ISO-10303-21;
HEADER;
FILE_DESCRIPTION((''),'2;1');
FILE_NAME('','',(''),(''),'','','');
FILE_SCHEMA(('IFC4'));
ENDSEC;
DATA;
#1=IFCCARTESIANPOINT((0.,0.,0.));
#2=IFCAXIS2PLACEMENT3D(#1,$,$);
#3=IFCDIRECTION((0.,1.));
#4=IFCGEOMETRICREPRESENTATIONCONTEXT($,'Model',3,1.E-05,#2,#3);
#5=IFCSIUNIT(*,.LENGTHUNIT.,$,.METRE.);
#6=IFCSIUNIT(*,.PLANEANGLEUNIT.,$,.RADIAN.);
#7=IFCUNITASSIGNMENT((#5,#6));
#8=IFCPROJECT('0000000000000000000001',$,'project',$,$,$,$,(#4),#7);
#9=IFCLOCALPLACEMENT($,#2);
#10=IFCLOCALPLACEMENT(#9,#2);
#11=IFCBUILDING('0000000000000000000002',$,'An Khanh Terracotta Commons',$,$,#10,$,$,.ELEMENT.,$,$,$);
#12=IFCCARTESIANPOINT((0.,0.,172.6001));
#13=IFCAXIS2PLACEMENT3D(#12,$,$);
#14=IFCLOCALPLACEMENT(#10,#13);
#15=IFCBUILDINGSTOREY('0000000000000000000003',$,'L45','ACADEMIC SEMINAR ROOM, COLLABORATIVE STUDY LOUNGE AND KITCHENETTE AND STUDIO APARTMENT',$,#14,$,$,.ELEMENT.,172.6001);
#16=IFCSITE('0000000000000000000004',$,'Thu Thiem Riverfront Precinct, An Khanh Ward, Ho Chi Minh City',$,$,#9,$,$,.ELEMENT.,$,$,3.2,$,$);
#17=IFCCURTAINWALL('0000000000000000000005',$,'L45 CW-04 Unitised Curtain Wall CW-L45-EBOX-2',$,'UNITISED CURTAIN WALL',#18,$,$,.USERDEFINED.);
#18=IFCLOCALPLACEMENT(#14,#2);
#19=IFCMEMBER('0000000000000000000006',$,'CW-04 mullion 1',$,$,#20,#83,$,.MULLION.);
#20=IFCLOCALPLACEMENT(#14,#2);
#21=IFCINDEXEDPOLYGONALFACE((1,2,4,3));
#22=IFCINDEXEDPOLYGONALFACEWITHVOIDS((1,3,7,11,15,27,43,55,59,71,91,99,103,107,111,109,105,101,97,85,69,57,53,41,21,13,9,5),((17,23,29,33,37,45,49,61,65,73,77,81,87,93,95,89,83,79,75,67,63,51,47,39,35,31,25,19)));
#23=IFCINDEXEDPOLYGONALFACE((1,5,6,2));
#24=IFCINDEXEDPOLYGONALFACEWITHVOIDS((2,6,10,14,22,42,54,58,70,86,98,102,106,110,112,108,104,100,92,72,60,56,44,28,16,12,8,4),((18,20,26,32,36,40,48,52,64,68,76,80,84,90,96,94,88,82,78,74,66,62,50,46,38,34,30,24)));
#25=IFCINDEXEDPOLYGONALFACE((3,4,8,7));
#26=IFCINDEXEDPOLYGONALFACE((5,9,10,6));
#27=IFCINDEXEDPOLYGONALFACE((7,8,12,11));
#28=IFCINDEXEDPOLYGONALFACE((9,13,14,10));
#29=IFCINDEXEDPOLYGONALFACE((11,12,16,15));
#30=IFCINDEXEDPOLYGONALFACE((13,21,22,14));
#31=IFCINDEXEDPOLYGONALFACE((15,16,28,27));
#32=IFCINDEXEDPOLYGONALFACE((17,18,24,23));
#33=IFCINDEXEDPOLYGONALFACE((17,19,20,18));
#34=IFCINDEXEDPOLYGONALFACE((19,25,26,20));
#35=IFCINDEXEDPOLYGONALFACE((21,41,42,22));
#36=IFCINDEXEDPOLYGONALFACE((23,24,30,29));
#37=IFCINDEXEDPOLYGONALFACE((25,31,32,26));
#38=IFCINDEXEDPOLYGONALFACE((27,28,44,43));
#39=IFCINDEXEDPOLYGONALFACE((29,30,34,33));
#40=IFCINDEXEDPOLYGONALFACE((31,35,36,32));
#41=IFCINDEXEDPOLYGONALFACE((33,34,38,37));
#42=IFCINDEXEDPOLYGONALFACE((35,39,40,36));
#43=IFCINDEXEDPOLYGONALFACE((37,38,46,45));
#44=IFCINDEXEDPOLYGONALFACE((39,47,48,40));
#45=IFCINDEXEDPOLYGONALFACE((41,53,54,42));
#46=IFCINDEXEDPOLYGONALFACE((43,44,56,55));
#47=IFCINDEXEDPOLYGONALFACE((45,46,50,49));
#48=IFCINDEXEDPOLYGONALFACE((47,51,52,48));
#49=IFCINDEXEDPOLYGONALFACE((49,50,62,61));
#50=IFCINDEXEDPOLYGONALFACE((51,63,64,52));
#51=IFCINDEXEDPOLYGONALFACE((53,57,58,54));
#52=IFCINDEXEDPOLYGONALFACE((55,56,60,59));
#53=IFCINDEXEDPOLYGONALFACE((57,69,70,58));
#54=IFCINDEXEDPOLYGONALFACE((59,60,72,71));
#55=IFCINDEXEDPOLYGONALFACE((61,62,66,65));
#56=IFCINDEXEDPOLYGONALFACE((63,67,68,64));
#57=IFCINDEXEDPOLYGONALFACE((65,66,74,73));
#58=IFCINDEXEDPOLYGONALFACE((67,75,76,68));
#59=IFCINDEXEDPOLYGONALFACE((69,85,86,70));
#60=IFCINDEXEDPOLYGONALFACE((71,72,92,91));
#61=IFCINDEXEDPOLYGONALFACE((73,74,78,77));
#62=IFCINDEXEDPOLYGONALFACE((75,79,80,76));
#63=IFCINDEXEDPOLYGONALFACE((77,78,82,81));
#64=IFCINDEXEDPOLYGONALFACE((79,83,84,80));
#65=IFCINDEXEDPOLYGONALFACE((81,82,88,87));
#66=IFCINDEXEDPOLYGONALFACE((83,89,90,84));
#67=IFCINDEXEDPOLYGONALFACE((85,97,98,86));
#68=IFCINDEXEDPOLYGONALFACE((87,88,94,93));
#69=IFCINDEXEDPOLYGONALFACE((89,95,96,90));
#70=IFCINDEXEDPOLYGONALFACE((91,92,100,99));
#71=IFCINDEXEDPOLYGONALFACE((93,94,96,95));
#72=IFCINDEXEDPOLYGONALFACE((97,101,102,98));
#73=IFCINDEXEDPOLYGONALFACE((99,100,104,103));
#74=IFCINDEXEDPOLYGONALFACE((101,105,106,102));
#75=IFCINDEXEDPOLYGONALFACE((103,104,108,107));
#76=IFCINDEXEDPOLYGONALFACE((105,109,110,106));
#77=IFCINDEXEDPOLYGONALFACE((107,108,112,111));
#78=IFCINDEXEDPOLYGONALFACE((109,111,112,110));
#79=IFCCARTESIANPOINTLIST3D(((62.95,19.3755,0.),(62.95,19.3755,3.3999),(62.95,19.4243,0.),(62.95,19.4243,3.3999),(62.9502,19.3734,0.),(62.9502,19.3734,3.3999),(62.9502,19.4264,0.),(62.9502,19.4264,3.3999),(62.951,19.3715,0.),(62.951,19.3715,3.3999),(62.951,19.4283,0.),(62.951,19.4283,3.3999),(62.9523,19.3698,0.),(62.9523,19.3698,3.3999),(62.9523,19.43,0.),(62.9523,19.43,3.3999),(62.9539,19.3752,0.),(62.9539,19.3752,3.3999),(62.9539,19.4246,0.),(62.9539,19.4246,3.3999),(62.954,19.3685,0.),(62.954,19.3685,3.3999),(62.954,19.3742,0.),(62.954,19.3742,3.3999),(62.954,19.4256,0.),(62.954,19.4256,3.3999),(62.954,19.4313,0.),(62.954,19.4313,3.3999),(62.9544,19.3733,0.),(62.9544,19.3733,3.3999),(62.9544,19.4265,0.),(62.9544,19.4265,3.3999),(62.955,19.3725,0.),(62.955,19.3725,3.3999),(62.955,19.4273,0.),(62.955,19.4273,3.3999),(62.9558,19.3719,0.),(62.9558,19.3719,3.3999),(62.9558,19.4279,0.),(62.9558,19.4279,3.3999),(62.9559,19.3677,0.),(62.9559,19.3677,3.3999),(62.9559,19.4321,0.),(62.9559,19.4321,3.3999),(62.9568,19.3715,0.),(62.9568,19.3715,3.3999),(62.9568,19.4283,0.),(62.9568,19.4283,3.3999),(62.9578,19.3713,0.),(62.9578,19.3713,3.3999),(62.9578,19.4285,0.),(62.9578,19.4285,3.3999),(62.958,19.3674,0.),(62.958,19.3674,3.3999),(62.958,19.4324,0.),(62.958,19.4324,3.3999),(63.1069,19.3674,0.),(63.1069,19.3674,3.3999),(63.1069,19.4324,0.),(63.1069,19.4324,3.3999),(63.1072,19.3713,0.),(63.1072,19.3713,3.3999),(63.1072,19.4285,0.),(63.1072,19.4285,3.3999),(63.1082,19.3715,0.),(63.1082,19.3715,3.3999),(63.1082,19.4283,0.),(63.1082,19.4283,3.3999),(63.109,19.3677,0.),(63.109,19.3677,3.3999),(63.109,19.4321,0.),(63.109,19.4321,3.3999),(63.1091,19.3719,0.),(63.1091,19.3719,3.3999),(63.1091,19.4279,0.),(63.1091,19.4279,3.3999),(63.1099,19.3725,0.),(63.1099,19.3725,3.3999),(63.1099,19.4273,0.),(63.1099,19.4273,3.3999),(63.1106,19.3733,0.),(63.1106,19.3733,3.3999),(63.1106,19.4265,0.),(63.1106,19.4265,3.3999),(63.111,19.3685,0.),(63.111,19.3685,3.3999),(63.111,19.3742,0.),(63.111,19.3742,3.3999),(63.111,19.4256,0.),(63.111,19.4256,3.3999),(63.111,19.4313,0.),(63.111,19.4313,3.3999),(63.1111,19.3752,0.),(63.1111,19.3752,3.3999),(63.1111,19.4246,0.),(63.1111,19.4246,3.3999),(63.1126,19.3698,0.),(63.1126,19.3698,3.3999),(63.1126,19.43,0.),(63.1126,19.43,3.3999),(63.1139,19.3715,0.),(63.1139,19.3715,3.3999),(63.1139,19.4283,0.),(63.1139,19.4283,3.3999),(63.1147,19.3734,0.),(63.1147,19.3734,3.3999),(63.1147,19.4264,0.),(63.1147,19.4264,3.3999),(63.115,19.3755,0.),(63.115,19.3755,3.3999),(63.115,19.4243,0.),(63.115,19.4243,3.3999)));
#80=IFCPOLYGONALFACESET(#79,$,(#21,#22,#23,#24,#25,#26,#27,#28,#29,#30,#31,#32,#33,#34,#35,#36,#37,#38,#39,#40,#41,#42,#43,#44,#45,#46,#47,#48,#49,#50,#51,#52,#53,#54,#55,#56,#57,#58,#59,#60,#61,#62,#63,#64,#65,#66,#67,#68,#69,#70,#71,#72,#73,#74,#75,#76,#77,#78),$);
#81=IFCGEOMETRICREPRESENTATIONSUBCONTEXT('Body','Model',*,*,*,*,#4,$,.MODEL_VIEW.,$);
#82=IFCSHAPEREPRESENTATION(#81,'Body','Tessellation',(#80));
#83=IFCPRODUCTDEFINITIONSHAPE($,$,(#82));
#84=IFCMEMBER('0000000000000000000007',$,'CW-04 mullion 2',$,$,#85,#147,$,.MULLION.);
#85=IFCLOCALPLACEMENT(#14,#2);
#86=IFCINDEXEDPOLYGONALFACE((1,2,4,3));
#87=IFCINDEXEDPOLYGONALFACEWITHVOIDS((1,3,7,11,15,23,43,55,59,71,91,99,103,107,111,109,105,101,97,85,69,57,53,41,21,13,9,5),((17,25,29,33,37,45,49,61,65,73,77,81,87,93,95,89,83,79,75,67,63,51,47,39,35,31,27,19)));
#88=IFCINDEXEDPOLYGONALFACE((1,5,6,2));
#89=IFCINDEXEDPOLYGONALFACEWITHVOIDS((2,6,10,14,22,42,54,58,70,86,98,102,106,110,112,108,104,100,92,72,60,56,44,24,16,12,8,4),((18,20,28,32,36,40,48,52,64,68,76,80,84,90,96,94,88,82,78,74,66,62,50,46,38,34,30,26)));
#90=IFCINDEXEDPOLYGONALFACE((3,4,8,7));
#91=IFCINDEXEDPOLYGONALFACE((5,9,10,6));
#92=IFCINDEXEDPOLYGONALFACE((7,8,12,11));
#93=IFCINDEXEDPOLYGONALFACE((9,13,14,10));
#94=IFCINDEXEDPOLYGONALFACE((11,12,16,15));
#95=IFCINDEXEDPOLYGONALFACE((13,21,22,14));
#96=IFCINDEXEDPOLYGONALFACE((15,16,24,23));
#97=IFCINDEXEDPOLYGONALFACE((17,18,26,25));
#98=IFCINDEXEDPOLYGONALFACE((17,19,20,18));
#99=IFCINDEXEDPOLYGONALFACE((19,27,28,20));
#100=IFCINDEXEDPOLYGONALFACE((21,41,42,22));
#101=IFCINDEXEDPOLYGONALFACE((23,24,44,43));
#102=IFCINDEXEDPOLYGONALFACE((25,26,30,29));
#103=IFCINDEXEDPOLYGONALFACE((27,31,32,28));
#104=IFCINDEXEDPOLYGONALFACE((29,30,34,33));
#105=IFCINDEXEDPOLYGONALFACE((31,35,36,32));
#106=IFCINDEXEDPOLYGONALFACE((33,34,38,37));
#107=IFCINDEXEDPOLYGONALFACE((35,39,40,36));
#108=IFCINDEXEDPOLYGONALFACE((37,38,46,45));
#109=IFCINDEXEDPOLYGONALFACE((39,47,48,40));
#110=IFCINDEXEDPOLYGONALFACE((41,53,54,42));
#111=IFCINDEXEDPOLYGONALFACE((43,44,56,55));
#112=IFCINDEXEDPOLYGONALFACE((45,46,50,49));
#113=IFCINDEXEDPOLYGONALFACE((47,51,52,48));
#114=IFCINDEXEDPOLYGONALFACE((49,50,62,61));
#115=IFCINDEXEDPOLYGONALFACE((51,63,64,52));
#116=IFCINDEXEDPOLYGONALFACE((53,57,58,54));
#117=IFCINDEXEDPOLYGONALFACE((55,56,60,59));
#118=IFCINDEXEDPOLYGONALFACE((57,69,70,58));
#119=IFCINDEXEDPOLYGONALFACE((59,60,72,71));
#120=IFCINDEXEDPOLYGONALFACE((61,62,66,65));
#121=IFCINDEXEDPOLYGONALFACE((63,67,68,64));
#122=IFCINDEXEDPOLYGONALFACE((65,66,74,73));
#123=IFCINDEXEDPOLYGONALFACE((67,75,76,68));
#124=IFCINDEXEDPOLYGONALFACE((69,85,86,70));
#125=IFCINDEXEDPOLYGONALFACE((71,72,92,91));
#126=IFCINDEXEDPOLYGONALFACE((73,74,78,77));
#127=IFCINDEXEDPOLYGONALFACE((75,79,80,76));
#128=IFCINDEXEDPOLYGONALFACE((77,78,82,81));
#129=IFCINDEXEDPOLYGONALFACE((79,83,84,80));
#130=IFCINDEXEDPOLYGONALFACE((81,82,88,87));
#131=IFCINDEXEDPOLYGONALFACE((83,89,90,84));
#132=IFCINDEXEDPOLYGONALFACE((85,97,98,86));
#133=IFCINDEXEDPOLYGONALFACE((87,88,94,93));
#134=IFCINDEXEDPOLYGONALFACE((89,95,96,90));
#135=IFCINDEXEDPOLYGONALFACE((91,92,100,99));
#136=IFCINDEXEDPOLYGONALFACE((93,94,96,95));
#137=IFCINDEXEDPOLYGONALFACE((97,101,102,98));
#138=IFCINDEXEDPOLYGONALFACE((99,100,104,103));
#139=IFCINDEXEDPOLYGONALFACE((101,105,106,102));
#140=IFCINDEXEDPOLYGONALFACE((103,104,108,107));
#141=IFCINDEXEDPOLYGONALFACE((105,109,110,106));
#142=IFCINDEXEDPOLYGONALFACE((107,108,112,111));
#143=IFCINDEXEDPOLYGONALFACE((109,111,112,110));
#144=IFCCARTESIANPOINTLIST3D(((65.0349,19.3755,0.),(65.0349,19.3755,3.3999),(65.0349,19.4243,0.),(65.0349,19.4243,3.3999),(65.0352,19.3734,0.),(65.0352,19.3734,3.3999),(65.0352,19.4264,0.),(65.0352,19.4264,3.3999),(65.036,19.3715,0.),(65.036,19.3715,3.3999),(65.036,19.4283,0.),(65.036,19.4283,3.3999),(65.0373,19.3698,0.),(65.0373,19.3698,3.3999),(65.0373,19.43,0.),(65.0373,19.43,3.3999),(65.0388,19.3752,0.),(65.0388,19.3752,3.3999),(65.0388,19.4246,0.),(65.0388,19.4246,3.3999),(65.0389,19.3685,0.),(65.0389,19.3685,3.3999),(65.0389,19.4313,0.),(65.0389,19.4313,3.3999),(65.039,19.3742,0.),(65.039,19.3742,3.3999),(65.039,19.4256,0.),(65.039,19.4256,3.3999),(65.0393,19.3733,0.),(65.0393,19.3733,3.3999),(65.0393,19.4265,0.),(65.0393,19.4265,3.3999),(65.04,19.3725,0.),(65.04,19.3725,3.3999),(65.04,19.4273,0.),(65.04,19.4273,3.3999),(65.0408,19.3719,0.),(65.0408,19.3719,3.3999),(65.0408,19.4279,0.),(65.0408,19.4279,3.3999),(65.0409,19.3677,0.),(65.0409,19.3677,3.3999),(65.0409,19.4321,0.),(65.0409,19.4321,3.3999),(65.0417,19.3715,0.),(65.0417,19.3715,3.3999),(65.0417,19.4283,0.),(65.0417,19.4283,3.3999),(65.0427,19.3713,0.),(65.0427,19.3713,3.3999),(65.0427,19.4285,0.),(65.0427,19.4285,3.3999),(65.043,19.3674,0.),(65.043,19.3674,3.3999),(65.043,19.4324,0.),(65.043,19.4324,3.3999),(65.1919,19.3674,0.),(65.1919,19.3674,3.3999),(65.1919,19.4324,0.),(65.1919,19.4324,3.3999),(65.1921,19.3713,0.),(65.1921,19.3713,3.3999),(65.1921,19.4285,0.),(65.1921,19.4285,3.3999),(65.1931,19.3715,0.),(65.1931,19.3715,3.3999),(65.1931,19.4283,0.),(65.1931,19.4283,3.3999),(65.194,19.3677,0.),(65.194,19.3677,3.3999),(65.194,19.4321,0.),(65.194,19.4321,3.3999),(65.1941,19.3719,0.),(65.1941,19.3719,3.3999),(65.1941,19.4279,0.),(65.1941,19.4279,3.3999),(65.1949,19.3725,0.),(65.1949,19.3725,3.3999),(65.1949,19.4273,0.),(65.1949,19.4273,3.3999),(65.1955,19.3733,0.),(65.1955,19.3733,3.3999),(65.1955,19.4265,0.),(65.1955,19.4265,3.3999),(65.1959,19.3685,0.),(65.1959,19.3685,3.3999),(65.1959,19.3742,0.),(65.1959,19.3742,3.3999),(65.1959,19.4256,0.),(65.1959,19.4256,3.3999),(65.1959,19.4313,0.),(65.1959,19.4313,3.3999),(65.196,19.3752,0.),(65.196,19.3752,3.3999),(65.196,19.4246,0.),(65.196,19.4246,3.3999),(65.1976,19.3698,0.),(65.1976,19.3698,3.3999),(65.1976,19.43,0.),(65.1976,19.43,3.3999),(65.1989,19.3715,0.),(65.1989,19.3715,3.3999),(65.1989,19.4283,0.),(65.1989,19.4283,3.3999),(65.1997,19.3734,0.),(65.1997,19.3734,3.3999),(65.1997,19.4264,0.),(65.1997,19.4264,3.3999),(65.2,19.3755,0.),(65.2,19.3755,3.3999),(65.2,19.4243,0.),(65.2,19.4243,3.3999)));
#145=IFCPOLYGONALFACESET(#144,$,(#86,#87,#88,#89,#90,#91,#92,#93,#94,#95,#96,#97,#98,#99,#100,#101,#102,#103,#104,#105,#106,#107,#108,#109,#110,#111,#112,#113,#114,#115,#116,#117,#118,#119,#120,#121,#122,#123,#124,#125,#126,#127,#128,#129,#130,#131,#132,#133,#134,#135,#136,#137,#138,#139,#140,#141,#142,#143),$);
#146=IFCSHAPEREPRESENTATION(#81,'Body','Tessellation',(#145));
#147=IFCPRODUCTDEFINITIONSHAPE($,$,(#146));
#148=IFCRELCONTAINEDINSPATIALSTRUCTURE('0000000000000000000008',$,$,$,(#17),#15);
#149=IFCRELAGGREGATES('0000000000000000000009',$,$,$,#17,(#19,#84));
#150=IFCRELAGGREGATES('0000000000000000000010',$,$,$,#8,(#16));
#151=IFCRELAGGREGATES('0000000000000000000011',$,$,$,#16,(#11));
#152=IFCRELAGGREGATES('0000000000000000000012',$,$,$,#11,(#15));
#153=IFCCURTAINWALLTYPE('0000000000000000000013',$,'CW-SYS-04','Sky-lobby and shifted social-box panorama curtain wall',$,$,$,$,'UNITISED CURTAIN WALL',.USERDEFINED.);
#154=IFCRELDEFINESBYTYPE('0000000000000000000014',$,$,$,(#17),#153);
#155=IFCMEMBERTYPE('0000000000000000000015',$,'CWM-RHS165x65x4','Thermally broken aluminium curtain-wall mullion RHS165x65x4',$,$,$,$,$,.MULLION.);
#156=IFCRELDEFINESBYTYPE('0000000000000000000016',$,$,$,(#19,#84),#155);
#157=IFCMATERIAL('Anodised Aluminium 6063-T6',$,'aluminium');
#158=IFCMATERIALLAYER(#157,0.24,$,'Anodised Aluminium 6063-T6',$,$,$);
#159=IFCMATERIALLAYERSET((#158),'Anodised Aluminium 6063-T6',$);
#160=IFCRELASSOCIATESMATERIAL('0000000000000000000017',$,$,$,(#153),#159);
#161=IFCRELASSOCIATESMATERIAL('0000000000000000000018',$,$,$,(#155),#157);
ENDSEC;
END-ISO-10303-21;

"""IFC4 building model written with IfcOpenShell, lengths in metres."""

from ifc_helpers import new_model, si_unit, direction, frame, origin, origin_2d, place, context, subcontext, project, spatial, hollow_rectangle, extrude, material, layer, layer_set, material_profile, profile_set, type_object, element, aggregate, save


model = new_model("IFC4")

# Units and contexts
model_context = context("Model", 3, precision=1e-05, world=origin(), true_north=direction((0.0, 1.0)))
body_context = subcontext(model_context, "Body", "Model", "MODEL_VIEW")
ifc_project = project(units=[si_unit("LENGTHUNIT", "METRE"), si_unit("PLANEANGLEUNIT", "RADIAN")], contexts=[model_context])

# Site, building, storey
site_placement = place(None, origin())
site = spatial("IfcSite", under=ifc_project, at=site_placement, Name="Thu Thiem Riverfront Precinct, An Khanh Ward, Ho Chi Minh City", CompositionType="ELEMENT", RefElevation=3.2)
building_placement = place(site_placement, origin())
building = spatial("IfcBuilding", under=site, at=building_placement, Name="An Khanh Terracotta Commons", CompositionType="ELEMENT")
storey_placement = place(building_placement, frame((0.0, 0.0, 172.6001)))
storey = spatial("IfcBuildingStorey", under=building, at=storey_placement, Name="L45", Description="ACADEMIC SEMINAR ROOM, COLLABORATIVE STUDY LOUNGE AND KITCHENETTE AND STUDIO APARTMENT", CompositionType="ELEMENT", Elevation=172.6001)

# Curtain wall, members
ifc_material_1 = material(Name="Anodised Aluminium 6063-T6", Category="aluminium")
ifc_layer_1 = layer(ifc_material_1, 0.24, Name="Anodised Aluminium 6063-T6")
ifc_layer_set_1 = layer_set([ifc_layer_1], Name="Anodised Aluminium 6063-T6")
curtain_wall_type_1 = type_object("IfcCurtainWallType", Name="CW-SYS-04", Description="Sky-lobby and shifted social-box panorama curtain wall", ElementType="UNITISED CURTAIN WALL", PredefinedType="USERDEFINED", material=ifc_layer_set_1)
ifc_material_profile_1 = material_profile(ifc_material_1, hollow_rectangle(XDim=0.0649, YDim=0.165, WallThickness=0.0039, InnerFilletRadius=0.0039, OuterFilletRadius=0.0081, at=origin_2d()), Name="RHS165x65x4")
ifc_profile_set_1 = profile_set([ifc_material_profile_1], Name="Anodised Aluminium 6063-T6")
member_type_1 = type_object("IfcMemberType", Name="CWM-RHS165x65x4", Description="Thermally broken aluminium curtain-wall mullion RHS165x65x4", PredefinedType="MULLION", material=ifc_profile_set_1)
curtain_wall_1_placement = place(storey_placement, origin())
curtain_wall_1 = element("IfcCurtainWall", 1, at=curtain_wall_1_placement, inside=storey, type_object=curtain_wall_type_1, Name="L45 CW-04 Unitised Curtain Wall CW-L45-EBOX-2", ObjectType="UNITISED CURTAIN WALL", PredefinedType="USERDEFINED")
member_1_placement = place(storey_placement, frame((63.0325, 19.3999, 0.0), z_axis=(0.0, 0.0, 1.0), x_axis=(0.0, 1.0, 0.0)))
member_1 = element("IfcMember", 2, at=member_1_placement, type_object=member_type_1, Name="CW-04 mullion 1", PredefinedType="MULLION", context=body_context, shape_type="SweptSolid", body=[
    extrude(hollow_rectangle(XDim=0.0649, YDim=0.165, WallThickness=0.0039, InnerFilletRadius=0.0039, OuterFilletRadius=0.0081, at=origin_2d()), origin(), (0.0, 0.0, 1.0), 3.3999),
])
member_2_placement = place(storey_placement, frame((65.1174, 19.3999, 0.0), z_axis=(0.0, 0.0, 1.0), x_axis=(0.0, 1.0, 0.0)))
member_2 = element("IfcMember", 3, at=member_2_placement, type_object=member_type_1, Name="CW-04 mullion 2", PredefinedType="MULLION", context=body_context, shape_type="SweptSolid", body=[
    extrude(hollow_rectangle(XDim=0.0649, YDim=0.165, WallThickness=0.0039, InnerFilletRadius=0.0039, OuterFilletRadius=0.0081, at=origin_2d()), origin(), (0.0, 0.0, 1.0), 3.3999),
])

aggregate(curtain_wall_1, [member_1, member_2])

save(model, "model.ifc")
